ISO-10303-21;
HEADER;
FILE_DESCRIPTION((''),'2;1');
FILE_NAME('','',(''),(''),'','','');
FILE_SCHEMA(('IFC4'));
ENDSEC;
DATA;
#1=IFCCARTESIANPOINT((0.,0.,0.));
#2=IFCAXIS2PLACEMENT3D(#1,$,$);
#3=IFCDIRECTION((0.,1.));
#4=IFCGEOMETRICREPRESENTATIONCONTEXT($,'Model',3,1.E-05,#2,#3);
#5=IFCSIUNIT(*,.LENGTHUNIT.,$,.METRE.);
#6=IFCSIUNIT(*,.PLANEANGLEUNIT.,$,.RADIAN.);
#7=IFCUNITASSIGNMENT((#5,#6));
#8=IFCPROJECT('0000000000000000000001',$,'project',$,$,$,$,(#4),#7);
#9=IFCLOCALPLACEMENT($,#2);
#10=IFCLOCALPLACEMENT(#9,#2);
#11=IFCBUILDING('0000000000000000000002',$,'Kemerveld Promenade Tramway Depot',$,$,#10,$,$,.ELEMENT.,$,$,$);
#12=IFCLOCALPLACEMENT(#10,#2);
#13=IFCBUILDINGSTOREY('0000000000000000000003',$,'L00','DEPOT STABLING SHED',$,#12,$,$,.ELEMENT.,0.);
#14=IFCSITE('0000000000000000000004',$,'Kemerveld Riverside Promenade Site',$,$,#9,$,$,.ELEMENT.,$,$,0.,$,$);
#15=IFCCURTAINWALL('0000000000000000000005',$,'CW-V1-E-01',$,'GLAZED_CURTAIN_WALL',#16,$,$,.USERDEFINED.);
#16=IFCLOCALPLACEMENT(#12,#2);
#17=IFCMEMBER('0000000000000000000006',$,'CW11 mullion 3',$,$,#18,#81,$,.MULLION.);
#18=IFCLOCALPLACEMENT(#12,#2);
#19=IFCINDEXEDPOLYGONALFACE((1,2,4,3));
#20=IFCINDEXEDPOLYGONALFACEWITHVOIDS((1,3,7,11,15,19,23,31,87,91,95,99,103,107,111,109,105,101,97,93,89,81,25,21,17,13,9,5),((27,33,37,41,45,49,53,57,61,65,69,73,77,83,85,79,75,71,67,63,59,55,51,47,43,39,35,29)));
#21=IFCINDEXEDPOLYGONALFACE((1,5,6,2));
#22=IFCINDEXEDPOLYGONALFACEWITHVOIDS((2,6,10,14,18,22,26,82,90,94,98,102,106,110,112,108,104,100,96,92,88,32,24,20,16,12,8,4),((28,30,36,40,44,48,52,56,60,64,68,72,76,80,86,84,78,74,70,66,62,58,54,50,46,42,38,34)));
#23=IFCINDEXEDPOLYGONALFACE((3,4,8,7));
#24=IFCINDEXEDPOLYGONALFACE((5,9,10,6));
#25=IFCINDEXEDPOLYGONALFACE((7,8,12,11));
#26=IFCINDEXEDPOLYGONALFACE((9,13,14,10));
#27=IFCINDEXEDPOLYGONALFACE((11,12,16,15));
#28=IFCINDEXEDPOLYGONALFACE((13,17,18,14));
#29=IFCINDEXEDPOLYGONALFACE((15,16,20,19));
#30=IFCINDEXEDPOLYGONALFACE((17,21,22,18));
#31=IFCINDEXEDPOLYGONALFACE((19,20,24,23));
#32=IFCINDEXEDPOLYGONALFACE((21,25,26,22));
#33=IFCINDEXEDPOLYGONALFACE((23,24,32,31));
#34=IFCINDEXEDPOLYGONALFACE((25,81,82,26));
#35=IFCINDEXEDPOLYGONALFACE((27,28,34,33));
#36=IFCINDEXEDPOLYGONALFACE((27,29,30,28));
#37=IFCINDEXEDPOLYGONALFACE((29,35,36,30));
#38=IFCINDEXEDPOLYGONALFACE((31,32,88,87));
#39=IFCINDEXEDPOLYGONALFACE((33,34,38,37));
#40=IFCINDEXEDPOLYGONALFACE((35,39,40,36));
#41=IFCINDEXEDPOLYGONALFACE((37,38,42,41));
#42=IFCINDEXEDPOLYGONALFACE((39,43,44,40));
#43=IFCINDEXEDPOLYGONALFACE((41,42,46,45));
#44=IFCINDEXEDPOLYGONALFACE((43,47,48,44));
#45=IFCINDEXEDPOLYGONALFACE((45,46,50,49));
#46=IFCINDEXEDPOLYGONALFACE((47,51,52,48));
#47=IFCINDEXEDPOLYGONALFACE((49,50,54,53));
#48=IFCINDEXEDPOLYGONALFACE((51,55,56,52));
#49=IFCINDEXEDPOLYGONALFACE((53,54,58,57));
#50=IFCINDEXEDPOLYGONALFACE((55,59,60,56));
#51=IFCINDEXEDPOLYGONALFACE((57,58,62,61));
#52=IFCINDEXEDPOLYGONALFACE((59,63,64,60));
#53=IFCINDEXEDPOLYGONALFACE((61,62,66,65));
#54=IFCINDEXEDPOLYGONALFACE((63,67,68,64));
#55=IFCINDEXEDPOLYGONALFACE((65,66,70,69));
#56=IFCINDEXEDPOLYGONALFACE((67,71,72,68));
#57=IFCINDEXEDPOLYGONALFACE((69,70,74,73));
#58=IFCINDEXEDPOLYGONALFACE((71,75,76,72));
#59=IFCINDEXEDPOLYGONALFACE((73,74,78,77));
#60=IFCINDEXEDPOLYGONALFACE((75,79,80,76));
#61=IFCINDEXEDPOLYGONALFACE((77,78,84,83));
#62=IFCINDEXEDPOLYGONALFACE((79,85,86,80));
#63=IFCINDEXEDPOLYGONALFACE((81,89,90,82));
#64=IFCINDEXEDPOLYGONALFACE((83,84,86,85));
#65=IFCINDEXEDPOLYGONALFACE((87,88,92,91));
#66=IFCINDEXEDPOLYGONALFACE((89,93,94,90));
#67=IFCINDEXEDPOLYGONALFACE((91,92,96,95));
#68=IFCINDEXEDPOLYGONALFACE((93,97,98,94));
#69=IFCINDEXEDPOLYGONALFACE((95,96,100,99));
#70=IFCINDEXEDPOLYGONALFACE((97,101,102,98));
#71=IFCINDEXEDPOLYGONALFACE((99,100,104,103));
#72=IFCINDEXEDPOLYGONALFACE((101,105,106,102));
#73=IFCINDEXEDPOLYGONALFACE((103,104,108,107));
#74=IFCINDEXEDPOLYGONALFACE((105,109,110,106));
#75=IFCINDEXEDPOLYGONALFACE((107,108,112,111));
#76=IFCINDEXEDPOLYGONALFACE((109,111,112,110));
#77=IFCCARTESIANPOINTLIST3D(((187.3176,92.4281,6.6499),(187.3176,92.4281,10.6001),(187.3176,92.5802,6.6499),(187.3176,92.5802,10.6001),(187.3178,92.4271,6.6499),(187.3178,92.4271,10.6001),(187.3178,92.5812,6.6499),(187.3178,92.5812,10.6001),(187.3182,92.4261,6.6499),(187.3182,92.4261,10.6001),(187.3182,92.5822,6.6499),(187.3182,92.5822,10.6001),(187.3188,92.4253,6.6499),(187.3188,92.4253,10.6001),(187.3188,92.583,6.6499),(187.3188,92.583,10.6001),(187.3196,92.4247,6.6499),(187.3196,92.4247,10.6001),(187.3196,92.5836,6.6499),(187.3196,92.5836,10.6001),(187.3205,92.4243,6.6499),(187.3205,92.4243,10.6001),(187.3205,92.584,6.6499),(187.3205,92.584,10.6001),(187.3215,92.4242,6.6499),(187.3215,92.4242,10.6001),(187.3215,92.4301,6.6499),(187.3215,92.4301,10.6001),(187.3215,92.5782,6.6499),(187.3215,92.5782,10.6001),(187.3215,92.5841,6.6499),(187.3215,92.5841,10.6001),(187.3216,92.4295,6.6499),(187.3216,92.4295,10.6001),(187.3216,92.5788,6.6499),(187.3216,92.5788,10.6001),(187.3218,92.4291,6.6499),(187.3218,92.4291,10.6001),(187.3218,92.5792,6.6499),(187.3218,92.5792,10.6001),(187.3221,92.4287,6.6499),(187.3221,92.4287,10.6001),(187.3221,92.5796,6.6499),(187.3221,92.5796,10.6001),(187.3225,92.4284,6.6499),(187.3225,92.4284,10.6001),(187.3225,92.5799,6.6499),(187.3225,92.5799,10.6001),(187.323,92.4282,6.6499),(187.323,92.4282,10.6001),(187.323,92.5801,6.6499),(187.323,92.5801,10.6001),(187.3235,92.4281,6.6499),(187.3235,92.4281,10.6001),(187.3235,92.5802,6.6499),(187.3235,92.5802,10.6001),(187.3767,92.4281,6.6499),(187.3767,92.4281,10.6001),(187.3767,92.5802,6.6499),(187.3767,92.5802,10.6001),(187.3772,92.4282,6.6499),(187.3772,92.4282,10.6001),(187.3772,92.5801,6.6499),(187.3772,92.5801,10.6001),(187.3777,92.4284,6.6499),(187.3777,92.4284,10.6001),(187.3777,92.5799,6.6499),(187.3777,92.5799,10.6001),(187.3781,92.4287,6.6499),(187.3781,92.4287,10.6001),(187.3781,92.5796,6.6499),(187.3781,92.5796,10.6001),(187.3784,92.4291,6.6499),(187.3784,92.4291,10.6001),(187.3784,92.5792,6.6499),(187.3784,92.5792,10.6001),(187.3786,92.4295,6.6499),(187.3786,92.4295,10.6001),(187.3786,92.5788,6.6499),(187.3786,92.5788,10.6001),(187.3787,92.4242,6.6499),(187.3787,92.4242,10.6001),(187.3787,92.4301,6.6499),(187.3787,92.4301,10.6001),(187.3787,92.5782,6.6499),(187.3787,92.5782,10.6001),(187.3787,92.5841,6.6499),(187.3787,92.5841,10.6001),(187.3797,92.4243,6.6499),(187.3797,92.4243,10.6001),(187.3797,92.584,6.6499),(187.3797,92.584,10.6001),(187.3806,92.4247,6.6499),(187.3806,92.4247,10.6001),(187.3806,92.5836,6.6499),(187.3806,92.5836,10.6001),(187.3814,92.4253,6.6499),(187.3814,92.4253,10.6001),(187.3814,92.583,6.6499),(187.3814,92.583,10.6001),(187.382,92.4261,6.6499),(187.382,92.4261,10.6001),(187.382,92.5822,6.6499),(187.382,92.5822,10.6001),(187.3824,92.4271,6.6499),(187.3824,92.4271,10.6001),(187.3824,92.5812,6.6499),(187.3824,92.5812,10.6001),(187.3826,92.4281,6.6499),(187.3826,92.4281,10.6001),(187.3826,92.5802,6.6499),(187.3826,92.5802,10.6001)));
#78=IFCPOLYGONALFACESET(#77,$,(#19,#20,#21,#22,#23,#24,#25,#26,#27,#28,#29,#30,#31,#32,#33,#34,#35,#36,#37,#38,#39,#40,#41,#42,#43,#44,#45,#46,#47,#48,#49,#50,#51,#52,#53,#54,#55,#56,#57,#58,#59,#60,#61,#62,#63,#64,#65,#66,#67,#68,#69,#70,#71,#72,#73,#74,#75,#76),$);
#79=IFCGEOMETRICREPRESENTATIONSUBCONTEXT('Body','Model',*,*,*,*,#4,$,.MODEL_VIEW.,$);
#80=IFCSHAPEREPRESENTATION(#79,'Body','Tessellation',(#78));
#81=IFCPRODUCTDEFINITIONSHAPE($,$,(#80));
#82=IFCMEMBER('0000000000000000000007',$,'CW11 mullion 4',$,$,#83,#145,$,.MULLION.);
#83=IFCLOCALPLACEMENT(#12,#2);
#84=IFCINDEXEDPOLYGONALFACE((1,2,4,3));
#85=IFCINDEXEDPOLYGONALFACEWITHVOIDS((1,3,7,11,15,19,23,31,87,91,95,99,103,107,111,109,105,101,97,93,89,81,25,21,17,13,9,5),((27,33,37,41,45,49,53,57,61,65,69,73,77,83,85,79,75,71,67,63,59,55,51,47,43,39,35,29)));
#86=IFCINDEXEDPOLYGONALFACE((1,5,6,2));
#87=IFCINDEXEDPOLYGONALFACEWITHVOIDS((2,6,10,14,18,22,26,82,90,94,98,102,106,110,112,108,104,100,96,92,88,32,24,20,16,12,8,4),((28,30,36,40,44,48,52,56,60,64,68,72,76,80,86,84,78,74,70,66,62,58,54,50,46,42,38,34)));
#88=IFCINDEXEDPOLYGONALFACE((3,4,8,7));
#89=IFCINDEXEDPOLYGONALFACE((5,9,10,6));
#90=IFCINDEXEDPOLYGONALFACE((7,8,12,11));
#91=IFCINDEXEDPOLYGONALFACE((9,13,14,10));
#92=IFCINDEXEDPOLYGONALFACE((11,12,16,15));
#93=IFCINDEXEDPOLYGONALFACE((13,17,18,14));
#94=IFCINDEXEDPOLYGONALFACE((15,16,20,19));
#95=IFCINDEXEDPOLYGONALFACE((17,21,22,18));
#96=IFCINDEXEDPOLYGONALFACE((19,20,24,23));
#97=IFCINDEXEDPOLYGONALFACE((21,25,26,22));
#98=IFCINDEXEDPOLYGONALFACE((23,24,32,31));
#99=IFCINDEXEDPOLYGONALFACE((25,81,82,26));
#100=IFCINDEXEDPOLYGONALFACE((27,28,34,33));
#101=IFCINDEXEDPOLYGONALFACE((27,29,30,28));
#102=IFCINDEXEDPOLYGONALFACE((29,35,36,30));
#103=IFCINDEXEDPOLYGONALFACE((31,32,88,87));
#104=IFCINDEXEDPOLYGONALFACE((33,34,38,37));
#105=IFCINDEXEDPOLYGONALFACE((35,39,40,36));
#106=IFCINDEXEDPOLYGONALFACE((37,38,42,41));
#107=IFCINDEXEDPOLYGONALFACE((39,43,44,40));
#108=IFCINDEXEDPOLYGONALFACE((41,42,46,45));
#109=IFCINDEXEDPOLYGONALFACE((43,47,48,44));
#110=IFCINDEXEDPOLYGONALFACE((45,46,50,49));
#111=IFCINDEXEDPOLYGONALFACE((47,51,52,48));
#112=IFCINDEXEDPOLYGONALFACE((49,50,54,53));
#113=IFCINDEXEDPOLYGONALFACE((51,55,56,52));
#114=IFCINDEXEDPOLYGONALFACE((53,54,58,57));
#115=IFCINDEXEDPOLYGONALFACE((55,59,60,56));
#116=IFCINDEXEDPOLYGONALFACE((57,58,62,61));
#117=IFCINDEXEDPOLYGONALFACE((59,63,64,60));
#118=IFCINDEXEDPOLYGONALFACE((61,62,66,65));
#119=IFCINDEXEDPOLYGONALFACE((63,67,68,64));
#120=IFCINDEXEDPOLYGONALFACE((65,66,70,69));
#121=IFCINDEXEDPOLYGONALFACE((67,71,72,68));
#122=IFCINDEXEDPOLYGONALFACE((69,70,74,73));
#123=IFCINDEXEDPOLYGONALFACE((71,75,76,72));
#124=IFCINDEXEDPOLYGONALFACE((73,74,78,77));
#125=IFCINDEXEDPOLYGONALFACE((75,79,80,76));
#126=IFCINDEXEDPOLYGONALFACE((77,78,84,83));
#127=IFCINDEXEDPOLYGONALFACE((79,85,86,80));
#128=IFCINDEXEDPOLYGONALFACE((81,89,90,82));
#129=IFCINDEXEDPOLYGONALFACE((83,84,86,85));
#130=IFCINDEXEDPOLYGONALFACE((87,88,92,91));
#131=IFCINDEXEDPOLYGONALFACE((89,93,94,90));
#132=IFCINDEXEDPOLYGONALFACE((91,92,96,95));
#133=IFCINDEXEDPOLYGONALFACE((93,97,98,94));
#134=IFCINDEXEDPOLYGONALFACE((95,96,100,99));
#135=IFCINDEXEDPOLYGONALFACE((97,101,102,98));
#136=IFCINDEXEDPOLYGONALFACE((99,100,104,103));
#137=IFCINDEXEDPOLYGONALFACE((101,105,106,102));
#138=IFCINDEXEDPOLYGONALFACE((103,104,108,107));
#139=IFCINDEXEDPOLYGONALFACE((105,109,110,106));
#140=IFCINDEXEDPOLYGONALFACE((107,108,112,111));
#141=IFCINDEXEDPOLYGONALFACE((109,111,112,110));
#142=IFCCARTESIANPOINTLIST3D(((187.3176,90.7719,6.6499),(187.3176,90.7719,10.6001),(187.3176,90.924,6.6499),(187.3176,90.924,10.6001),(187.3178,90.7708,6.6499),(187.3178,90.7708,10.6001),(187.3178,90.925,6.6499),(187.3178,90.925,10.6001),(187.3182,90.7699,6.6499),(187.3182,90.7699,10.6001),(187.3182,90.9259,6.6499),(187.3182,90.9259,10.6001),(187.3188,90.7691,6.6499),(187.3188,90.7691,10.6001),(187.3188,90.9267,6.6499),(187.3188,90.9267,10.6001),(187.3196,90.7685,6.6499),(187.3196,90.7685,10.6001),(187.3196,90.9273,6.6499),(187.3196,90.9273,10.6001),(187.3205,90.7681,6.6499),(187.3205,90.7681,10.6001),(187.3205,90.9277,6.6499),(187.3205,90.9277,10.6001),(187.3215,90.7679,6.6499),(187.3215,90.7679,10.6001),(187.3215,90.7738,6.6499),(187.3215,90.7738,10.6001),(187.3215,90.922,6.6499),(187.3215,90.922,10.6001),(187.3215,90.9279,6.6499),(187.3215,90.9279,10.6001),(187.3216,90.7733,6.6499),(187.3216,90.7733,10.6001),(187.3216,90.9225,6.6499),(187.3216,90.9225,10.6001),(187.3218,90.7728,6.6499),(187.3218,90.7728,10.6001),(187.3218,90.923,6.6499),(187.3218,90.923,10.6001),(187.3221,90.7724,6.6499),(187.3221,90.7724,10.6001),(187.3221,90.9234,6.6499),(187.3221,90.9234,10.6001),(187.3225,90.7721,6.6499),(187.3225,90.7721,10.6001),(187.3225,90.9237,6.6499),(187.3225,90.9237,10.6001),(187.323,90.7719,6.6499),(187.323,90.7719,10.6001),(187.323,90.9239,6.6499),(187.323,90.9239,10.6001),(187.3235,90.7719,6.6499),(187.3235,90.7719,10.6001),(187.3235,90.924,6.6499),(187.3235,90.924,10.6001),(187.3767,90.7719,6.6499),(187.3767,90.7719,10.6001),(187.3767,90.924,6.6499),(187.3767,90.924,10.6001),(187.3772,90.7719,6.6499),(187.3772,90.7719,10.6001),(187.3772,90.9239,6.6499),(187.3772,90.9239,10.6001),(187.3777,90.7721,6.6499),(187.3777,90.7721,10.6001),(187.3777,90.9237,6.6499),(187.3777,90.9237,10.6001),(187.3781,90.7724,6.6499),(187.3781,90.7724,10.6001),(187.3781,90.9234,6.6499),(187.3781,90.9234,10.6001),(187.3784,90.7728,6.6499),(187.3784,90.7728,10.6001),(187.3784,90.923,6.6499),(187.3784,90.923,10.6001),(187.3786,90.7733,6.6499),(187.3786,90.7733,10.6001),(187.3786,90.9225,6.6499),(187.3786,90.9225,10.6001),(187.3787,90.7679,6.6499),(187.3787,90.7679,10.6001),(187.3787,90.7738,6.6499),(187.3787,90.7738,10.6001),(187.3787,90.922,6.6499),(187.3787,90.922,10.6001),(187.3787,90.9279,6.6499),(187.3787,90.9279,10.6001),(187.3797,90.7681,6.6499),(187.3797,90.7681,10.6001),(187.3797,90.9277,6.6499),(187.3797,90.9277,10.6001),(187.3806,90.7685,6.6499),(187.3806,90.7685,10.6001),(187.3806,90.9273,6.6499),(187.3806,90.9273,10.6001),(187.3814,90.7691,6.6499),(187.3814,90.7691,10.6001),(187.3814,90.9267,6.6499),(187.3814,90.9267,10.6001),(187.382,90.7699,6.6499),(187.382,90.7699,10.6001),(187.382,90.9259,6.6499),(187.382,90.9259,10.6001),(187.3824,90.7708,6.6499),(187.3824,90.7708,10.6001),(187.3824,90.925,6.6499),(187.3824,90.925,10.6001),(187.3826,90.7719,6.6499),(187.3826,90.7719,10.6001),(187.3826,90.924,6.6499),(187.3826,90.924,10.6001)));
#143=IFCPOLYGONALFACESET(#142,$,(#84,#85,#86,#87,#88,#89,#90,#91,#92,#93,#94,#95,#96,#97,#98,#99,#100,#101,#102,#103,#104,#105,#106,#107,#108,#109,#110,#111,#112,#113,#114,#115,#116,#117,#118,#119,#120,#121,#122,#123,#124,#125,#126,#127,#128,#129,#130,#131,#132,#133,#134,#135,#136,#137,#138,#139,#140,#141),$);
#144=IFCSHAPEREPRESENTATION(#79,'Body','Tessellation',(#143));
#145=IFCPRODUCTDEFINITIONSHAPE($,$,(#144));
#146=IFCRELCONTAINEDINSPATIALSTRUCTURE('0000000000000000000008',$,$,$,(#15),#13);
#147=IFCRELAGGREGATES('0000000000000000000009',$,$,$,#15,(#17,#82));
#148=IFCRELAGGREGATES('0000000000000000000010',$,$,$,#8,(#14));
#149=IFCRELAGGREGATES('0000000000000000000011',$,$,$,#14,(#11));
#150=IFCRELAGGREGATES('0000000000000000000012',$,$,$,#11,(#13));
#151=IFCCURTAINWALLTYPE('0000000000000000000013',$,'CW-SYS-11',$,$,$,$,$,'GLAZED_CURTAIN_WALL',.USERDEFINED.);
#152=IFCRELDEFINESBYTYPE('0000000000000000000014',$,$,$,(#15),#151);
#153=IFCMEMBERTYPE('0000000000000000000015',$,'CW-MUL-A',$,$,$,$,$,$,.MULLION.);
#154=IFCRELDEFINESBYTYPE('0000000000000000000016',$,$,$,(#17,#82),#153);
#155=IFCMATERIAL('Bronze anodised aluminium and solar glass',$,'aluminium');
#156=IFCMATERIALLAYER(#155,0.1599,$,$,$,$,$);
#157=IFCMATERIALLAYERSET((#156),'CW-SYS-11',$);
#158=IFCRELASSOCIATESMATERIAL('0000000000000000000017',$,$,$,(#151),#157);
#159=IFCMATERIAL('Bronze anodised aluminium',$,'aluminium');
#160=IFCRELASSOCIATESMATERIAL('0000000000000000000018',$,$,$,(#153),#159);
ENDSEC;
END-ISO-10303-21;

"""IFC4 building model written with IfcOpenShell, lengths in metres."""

from ifc_helpers import new_model, si_unit, direction, frame, origin, origin_2d, place, context, subcontext, project, spatial, hollow_rectangle, extrude, material, layer, layer_set, material_profile, profile_set, type_object, element, aggregate, save


model = new_model("IFC4")

# Units and contexts
model_context = context("Model", 3, precision=1e-05, world=origin(), true_north=direction((0.0, 1.0)))
body_context = subcontext(model_context, "Body", "Model", "MODEL_VIEW")
ifc_project = project(units=[si_unit("LENGTHUNIT", "METRE"), si_unit("PLANEANGLEUNIT", "RADIAN")], contexts=[model_context])

# Site, building, storey
site_placement = place(None, origin())
site = spatial("IfcSite", under=ifc_project, at=site_placement, Name="Kemerveld Riverside Promenade Site", CompositionType="ELEMENT", RefElevation=0.0)
building_placement = place(site_placement, origin())
building = spatial("IfcBuilding", under=site, at=building_placement, Name="Kemerveld Promenade Tramway Depot", CompositionType="ELEMENT")
storey_placement = place(building_placement, origin())
storey = spatial("IfcBuildingStorey", under=building, at=storey_placement, Name="L00", Description="DEPOT STABLING SHED", CompositionType="ELEMENT", Elevation=0.0)

# Curtain wall, members
ifc_material_1 = material(Name="Bronze anodised aluminium and solar glass", Category="aluminium")
ifc_layer_1 = layer(ifc_material_1, 0.1599)
ifc_layer_set_1 = layer_set([ifc_layer_1], Name="CW-SYS-11")
curtain_wall_type = type_object("IfcCurtainWallType", Name="CW-SYS-11", ElementType="GLAZED_CURTAIN_WALL", PredefinedType="USERDEFINED", material=ifc_layer_set_1)
curtain_wall_placement = place(storey_placement, origin())
curtain_wall = element("IfcCurtainWall", 1, at=curtain_wall_placement, inside=storey, type_object=curtain_wall_type, Name="CW-V1-E-01", ObjectType="GLAZED_CURTAIN_WALL", PredefinedType="USERDEFINED")
ifc_material_2 = material(Name="Bronze anodised aluminium", Category="aluminium")
ifc_material_profile_1 = material_profile(ifc_material_2, hollow_rectangle(XDim=0.0649, YDim=0.1599, WallThickness=0.0039, InnerFilletRadius=0.002, OuterFilletRadius=0.0039, at=origin_2d()), Name="CW-MUL-160x65")
ifc_profile_set_1 = profile_set([ifc_material_profile_1], Name="Bronze anodised aluminium")
member_type_1 = type_object("IfcMemberType", Name="CW-MUL-A", PredefinedType="MULLION", material=ifc_profile_set_1)
member_1_placement = place(storey_placement, frame((187.3501, 92.5042, 6.6499), z_axis=(0.0, 0.0, 1.0), x_axis=(1.0, 0.0, 0.0)))
member_1 = element("IfcMember", 2, at=member_1_placement, type_object=member_type_1, Name="CW11 mullion 3", PredefinedType="MULLION", context=body_context, shape_type="SweptSolid", body=[
    extrude(hollow_rectangle(XDim=0.0649, YDim=0.1599, WallThickness=0.0039, InnerFilletRadius=0.002, OuterFilletRadius=0.0039, at=origin_2d()), origin(), (0.0, 0.0, 1.0), 3.9502),
])
member_2_placement = place(storey_placement, frame((187.3501, 90.8479, 6.6499), z_axis=(0.0, 0.0, 1.0), x_axis=(1.0, 0.0, 0.0)))
member_2 = element("IfcMember", 3, at=member_2_placement, type_object=member_type_1, Name="CW11 mullion 4", PredefinedType="MULLION", context=body_context, shape_type="SweptSolid", body=[
    extrude(hollow_rectangle(XDim=0.0649, YDim=0.1599, WallThickness=0.0039, InnerFilletRadius=0.002, OuterFilletRadius=0.0039, at=origin_2d()), origin(), (0.0, 0.0, 1.0), 3.9502),
])
aggregate(curtain_wall, [member_1, member_2])

save(model, "model.ifc")
